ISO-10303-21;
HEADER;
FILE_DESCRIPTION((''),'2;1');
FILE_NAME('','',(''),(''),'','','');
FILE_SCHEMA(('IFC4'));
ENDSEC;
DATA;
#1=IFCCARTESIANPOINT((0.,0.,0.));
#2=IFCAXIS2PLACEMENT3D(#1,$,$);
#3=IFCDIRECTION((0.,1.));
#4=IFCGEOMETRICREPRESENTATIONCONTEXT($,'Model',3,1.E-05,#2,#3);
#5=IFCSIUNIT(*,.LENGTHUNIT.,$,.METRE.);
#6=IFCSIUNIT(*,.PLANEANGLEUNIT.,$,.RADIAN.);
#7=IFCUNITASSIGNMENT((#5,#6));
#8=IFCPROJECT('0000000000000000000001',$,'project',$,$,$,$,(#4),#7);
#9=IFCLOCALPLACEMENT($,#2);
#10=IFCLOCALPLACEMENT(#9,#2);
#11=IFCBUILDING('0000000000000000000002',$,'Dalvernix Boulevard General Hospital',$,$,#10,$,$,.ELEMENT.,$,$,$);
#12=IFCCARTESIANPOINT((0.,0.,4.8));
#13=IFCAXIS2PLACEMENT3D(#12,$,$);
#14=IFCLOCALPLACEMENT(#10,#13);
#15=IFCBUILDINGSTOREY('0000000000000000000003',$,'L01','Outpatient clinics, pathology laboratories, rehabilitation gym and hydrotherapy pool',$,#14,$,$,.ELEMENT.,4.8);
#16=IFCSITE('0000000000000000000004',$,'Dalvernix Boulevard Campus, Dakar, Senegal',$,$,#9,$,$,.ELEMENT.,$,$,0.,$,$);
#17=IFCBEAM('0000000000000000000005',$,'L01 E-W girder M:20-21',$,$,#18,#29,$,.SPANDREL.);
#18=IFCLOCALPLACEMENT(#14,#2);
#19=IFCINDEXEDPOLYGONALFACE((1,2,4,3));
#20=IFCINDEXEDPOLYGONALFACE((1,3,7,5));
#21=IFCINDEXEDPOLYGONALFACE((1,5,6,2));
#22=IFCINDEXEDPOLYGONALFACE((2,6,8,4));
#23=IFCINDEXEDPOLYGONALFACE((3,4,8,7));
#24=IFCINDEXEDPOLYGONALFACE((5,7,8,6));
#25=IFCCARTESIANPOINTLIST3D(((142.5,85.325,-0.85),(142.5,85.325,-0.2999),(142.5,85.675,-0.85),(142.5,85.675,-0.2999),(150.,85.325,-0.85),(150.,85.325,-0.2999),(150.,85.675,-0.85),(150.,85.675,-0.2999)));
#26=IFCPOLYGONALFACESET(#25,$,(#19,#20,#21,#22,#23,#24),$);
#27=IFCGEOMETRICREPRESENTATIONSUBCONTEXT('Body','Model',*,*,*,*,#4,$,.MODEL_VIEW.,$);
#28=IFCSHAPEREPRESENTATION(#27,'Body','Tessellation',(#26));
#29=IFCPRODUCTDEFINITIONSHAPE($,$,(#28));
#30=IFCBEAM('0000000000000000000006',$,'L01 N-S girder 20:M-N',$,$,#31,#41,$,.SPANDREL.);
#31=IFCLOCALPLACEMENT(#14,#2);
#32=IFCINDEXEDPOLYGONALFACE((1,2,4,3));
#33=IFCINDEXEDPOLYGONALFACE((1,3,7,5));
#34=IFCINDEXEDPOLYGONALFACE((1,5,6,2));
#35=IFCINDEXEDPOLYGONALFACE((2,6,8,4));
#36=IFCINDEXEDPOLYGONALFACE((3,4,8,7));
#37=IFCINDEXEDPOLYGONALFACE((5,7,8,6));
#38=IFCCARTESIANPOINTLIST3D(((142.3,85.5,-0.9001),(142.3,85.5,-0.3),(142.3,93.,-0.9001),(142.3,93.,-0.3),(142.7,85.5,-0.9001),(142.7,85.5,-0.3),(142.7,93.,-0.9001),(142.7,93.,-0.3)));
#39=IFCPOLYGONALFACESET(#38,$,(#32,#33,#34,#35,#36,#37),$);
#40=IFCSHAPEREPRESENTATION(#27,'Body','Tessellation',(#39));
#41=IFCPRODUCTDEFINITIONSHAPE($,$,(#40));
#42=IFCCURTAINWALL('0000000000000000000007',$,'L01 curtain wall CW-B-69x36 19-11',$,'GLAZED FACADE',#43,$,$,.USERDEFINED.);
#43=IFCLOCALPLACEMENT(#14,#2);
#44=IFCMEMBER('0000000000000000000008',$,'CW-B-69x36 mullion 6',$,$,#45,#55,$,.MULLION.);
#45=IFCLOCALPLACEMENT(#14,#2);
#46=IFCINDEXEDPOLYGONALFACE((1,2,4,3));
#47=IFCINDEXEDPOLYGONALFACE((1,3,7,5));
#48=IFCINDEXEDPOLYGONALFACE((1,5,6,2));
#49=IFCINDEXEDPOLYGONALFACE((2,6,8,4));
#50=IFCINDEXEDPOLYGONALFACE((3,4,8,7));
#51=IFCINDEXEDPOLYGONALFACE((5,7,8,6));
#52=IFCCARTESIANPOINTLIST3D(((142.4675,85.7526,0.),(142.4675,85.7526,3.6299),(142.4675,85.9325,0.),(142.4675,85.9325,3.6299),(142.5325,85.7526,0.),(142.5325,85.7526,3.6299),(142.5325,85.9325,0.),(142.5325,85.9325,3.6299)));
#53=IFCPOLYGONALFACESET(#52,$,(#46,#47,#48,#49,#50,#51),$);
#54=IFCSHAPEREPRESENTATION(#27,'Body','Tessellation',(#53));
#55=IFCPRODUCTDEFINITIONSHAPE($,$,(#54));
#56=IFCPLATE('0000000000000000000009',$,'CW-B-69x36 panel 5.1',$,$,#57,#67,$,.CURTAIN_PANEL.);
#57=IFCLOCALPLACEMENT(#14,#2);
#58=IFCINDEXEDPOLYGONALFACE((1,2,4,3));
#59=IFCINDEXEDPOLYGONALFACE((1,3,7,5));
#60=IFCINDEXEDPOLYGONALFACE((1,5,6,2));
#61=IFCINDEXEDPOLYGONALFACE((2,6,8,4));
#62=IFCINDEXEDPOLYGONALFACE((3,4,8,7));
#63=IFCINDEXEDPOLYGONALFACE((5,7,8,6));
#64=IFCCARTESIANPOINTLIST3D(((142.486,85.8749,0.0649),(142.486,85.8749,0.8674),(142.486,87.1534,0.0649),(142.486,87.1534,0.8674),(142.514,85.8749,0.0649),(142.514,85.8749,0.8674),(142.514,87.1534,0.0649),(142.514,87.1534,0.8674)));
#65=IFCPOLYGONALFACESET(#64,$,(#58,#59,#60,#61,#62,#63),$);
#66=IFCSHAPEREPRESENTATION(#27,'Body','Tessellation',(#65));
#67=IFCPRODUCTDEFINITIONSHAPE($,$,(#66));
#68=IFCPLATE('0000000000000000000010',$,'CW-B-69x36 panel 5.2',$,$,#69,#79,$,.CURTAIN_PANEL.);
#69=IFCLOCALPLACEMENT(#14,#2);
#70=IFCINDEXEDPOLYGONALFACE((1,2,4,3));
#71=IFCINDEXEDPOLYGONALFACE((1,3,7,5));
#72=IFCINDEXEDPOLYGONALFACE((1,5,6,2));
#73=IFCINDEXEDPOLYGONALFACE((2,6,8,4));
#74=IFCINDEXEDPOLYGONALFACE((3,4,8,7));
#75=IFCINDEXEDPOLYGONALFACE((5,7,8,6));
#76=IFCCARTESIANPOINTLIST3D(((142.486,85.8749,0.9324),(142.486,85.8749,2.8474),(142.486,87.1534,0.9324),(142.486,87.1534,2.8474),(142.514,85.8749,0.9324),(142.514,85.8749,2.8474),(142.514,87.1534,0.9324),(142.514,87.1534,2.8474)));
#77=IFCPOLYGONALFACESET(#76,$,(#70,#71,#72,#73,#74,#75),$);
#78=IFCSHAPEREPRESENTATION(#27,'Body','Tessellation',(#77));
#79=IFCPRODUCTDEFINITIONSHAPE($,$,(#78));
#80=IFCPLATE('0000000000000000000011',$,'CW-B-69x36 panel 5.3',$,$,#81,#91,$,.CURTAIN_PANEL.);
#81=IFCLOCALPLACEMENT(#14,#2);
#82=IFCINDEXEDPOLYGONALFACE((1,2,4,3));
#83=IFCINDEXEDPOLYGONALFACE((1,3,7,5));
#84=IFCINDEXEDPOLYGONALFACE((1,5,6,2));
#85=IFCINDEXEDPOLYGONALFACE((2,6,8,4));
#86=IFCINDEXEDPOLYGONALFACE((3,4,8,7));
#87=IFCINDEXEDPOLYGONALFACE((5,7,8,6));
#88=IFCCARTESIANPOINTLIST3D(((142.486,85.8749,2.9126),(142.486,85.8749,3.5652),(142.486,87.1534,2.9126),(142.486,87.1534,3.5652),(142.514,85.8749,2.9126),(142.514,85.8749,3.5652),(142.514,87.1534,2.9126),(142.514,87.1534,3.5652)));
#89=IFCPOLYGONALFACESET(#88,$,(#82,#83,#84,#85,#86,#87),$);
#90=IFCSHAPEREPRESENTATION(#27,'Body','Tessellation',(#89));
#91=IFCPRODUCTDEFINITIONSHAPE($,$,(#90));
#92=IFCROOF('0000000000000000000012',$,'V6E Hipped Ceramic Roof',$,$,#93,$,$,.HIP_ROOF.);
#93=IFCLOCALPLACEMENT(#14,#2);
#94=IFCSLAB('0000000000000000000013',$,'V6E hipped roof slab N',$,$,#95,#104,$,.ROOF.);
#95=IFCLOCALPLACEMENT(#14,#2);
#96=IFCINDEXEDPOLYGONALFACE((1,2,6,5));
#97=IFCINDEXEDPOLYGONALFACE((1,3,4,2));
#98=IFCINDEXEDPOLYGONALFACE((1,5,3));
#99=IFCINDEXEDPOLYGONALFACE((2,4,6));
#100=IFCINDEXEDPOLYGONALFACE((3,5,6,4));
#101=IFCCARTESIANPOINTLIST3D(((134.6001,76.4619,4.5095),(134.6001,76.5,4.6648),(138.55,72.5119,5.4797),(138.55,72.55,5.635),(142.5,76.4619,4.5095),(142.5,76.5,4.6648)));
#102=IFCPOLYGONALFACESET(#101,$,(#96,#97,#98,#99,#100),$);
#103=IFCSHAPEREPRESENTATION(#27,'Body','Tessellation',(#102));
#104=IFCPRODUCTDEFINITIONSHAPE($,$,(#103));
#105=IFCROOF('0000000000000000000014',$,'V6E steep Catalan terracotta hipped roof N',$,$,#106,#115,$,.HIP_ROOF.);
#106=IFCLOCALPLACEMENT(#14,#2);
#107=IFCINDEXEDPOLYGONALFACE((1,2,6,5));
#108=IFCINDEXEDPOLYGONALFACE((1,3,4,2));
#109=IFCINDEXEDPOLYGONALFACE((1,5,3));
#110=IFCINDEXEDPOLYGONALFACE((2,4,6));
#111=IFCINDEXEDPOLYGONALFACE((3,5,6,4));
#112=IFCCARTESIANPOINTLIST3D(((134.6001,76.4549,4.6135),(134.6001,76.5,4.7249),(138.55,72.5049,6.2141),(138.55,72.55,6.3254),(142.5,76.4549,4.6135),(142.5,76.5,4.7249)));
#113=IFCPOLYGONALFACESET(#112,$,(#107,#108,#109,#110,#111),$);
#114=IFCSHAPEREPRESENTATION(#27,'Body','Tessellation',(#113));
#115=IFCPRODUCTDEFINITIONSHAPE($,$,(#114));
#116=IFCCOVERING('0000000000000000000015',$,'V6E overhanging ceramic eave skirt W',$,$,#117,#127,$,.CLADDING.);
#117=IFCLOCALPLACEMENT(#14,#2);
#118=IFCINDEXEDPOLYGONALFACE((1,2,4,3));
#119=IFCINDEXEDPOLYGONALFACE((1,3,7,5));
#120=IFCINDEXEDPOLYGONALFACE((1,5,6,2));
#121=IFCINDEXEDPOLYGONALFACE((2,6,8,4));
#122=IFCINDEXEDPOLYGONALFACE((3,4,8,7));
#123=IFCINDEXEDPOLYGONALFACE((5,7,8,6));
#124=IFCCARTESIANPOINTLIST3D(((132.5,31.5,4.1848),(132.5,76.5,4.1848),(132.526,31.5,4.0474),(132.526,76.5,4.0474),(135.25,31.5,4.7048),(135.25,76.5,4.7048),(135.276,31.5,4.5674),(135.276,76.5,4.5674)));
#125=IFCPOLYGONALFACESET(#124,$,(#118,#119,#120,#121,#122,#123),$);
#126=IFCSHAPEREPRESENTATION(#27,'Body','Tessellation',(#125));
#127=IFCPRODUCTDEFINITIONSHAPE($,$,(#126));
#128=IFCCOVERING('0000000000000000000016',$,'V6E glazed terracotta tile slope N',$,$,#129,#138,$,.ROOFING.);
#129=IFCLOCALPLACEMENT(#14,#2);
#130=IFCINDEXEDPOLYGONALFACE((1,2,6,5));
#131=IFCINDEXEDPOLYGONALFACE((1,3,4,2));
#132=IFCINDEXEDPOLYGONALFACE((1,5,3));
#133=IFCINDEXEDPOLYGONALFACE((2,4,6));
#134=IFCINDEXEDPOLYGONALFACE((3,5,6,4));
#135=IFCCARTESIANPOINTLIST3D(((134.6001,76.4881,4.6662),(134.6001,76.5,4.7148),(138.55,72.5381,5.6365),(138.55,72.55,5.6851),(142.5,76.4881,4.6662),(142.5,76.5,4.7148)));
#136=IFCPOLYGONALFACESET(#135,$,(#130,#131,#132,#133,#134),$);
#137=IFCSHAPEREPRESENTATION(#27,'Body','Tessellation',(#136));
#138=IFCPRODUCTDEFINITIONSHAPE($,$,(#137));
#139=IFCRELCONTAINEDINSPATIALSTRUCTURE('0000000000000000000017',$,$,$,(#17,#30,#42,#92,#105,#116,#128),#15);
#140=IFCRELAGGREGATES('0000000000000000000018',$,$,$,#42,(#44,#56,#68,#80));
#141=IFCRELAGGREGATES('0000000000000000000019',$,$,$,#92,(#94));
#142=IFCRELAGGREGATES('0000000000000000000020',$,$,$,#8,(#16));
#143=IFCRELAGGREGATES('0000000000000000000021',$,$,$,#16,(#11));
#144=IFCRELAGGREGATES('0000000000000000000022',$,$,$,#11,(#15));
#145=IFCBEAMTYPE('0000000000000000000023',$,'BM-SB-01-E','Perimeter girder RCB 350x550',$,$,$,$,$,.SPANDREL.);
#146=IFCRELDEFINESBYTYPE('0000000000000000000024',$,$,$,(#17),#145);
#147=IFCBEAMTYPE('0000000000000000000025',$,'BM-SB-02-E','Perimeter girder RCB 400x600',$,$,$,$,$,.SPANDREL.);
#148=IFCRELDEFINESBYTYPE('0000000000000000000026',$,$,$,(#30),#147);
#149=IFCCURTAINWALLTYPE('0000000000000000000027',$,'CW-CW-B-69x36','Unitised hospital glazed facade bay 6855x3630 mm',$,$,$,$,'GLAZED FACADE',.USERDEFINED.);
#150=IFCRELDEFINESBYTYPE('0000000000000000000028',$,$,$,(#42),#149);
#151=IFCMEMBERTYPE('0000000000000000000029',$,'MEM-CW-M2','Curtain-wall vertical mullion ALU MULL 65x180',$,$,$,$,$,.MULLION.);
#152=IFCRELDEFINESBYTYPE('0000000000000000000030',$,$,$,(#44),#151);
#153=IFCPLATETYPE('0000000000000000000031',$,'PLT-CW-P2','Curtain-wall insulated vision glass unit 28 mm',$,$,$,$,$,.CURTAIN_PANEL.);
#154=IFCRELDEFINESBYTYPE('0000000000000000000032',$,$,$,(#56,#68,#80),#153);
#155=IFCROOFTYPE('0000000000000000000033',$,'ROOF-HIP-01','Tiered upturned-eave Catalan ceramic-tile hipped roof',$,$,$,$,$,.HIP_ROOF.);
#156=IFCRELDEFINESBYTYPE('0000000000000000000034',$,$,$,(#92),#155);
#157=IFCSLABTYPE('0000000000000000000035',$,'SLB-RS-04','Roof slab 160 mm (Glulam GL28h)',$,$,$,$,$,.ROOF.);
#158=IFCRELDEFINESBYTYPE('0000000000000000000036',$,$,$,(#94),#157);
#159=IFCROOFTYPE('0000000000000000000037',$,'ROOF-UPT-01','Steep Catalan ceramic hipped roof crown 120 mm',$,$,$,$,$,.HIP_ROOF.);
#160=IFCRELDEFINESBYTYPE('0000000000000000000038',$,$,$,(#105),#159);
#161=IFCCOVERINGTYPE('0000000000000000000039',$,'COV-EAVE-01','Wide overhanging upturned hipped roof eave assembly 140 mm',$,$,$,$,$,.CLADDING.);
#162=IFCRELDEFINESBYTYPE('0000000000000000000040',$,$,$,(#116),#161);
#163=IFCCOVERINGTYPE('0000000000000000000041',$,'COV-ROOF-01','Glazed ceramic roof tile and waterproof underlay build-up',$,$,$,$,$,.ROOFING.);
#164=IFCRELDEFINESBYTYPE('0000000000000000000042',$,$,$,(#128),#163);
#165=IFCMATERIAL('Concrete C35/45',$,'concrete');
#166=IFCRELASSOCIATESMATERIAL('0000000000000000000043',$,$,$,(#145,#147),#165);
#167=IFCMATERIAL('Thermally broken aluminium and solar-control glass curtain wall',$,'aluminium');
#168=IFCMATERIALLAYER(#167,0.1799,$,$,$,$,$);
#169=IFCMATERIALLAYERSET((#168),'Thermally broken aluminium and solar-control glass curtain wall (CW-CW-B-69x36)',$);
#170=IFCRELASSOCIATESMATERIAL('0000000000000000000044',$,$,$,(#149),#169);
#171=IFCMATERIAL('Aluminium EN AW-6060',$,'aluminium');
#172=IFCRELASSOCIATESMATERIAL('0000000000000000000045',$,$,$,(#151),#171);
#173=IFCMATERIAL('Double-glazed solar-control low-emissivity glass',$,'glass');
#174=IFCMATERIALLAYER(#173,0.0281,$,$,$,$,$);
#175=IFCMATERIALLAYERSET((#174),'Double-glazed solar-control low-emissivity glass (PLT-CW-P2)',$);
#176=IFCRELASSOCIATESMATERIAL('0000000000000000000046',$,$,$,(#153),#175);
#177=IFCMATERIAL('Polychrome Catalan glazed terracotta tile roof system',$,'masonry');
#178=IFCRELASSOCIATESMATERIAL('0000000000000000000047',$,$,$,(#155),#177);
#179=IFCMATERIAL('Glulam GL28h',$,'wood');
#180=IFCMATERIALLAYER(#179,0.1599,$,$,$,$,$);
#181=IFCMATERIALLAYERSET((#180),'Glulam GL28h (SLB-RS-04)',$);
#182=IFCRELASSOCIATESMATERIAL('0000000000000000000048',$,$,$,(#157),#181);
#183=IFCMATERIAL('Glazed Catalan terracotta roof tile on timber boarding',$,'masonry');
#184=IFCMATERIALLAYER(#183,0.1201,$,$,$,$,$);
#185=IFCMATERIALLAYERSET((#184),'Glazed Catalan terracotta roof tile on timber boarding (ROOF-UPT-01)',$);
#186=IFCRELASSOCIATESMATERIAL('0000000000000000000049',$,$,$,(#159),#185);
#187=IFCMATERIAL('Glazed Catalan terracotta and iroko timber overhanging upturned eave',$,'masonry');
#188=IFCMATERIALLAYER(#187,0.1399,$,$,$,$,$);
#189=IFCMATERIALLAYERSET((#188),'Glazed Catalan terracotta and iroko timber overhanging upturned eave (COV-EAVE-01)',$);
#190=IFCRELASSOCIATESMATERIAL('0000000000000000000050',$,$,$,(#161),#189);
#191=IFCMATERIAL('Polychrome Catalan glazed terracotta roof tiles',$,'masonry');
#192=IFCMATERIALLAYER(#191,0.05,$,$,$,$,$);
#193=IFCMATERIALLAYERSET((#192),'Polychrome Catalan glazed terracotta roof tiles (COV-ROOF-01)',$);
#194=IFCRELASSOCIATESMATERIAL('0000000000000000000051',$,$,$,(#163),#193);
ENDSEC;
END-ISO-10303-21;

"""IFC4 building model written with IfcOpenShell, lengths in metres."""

from ifc_helpers import new_model, si_unit, direction, frame, origin, origin_2d, place, context, subcontext, project, spatial, polyline, rectangle, outline, extrude, material, layer, layer_set, material_profile, profile_set, type_object, element, aggregate, save


model = new_model("IFC4")

# Units and contexts
model_context = context("Model", 3, precision=1e-05, world=origin(), true_north=direction((0.0, 1.0)))
body_context = subcontext(model_context, "Body", "Model", "MODEL_VIEW")
ifc_project = project(units=[si_unit("LENGTHUNIT", "METRE"), si_unit("PLANEANGLEUNIT", "RADIAN")], contexts=[model_context])

# Site, building, storey
site_placement = place(None, origin())
site = spatial("IfcSite", under=ifc_project, at=site_placement, Name="Dalvernix Boulevard Campus, Dakar, Senegal", CompositionType="ELEMENT", RefElevation=0.0)
building_placement = place(site_placement, origin())
building = spatial("IfcBuilding", under=site, at=building_placement, Name="Dalvernix Boulevard General Hospital", CompositionType="ELEMENT")
storey_placement = place(building_placement, frame((0.0, 0.0, 4.8)))
storey = spatial("IfcBuildingStorey", under=building, at=storey_placement, Name="L01", Description="Outpatient clinics, pathology laboratories, rehabilitation gym and hydrotherapy pool", CompositionType="ELEMENT", Elevation=4.8)

# Beams
ifc_material_1 = material(Name="Concrete C35/45", Category="concrete")
ifc_material_profile_1 = material_profile(ifc_material_1, rectangle(XDim=0.3501, YDim=0.55, at=origin_2d()), Name="RCB 350x550")
ifc_profile_set_1 = profile_set([ifc_material_profile_1], Name="Concrete C35/45")
beam_type_1 = type_object("IfcBeamType", Name="BM-SB-01-E", Description="Perimeter girder RCB 350x550", PredefinedType="SPANDREL", material=ifc_profile_set_1)
beam_1_placement = place(storey_placement, frame((142.5, 85.5, -0.575), z_axis=(1.0, 0.0, 0.0), x_axis=(0.0, 1.0, 0.0)))
element("IfcBeam", 1, at=beam_1_placement, inside=storey, type_object=beam_type_1, Name="L01 E-W girder M:20-21", PredefinedType="SPANDREL", context=body_context, shape_type="SweptSolid", body=[
    extrude(rectangle(XDim=0.3501, YDim=0.55, at=origin_2d()), origin(), (0.0, 0.0, 1.0), 7.5),
])
ifc_material_profile_2 = material_profile(ifc_material_1, rectangle(XDim=0.3999, YDim=0.6001, at=origin_2d()), Name="RCB 400x600")
ifc_profile_set_2 = profile_set([ifc_material_profile_2], Name="Concrete C35/45")
beam_type_2 = type_object("IfcBeamType", Name="BM-SB-02-E", Description="Perimeter girder RCB 400x600", PredefinedType="SPANDREL", material=ifc_profile_set_2)
beam_2_placement = place(storey_placement, frame((142.5, 85.5, -0.6001), z_axis=(0.0, 1.0, 0.0), x_axis=(-1.0, 0.0, 0.0)))
element("IfcBeam", 2, at=beam_2_placement, inside=storey, type_object=beam_type_2, Name="L01 N-S girder 20:M-N", PredefinedType="SPANDREL", context=body_context, shape_type="SweptSolid", body=[
    extrude(rectangle(XDim=0.3999, YDim=0.6001, at=origin_2d()), origin(), (0.0, 0.0, 1.0), 7.5),
])

# Curtain wall, member, plates
ifc_material_2 = material(Name="Thermally broken aluminium and solar-control glass curtain wall", Category="aluminium")
ifc_layer_1 = layer(ifc_material_2, 0.1799)
ifc_layer_set_1 = layer_set([ifc_layer_1], Name="Thermally broken aluminium and solar-control glass curtain wall (CW-CW-B-69x36)")
curtain_wall_type = type_object("IfcCurtainWallType", Name="CW-CW-B-69x36", Description="Unitised hospital glazed facade bay 6855x3630 mm", ElementType="GLAZED FACADE", PredefinedType="USERDEFINED", material=ifc_layer_set_1)
curtain_wall_placement = place(storey_placement, origin())
curtain_wall = element("IfcCurtainWall", 3, at=curtain_wall_placement, inside=storey, type_object=curtain_wall_type, Name="L01 curtain wall CW-B-69x36 19-11", ObjectType="GLAZED FACADE", PredefinedType="USERDEFINED")
ifc_material_3 = material(Name="Aluminium EN AW-6060", Category="aluminium")
ifc_material_profile_3 = material_profile(ifc_material_3, rectangle(XDim=0.0649, YDim=0.1799, at=origin_2d()), Name="ALU MULL 65x180")
ifc_profile_set_3 = profile_set([ifc_material_profile_3], Name="Aluminium EN AW-6060")
member_type = type_object("IfcMemberType", Name="MEM-CW-M2", Description="Curtain-wall vertical mullion ALU MULL 65x180", PredefinedType="MULLION", material=ifc_profile_set_3)
member_placement = place(storey_placement, frame((142.5, 85.8425, 0.0), z_axis=(0.0, 0.0, 1.0), x_axis=(1.0, 0.0, 0.0)))
member = element("IfcMember", 4, at=member_placement, type_object=member_type, Name="CW-B-69x36 mullion 6", PredefinedType="MULLION", context=body_context, shape_type="SweptSolid", body=[
    extrude(rectangle(XDim=0.0649, YDim=0.1799, at=origin_2d()), origin(), (0.0, 0.0, 1.0), 3.6299),
])
ifc_material_4 = material(Name="Double-glazed solar-control low-emissivity glass", Category="glass")
ifc_layer_2 = layer(ifc_material_4, 0.0281)
ifc_layer_set_2 = layer_set([ifc_layer_2], Name="Double-glazed solar-control low-emissivity glass (PLT-CW-P2)")
plate_type = type_object("IfcPlateType", Name="PLT-CW-P2", Description="Curtain-wall insulated vision glass unit 28 mm", PredefinedType="CURTAIN_PANEL", material=ifc_layer_set_2)
plate_1_placement = place(storey_placement, frame((142.5, 86.5142, 0.0649), z_axis=(0.0, 0.0, 1.0), x_axis=(0.0, -1.0, 0.0)))
plate_1 = element("IfcPlate", 5, at=plate_1_placement, type_object=plate_type, Name="CW-B-69x36 panel 5.1", PredefinedType="CURTAIN_PANEL", context=body_context, shape_type="SweptSolid", body=[
    extrude(rectangle(XDim=1.2786, YDim=0.0281, at=origin_2d()), origin(), (0.0, 0.0, 1.0), 0.8025),
])
plate_2_placement = place(storey_placement, frame((142.5, 86.5142, 0.9324), z_axis=(0.0, 0.0, 1.0), x_axis=(0.0, -1.0, 0.0)))
plate_2 = element("IfcPlate", 6, at=plate_2_placement, type_object=plate_type, Name="CW-B-69x36 panel 5.2", PredefinedType="CURTAIN_PANEL", context=body_context, shape_type="SweptSolid", body=[
    extrude(rectangle(XDim=1.2786, YDim=0.0281, at=origin_2d()), origin(), (0.0, 0.0, 1.0), 1.915),
])
plate_3_placement = place(storey_placement, frame((142.5, 86.5142, 2.9126), z_axis=(0.0, 0.0, 1.0), x_axis=(0.0, -1.0, 0.0)))
plate_3 = element("IfcPlate", 7, at=plate_3_placement, type_object=plate_type, Name="CW-B-69x36 panel 5.3", PredefinedType="CURTAIN_PANEL", context=body_context, shape_type="SweptSolid", body=[
    extrude(rectangle(XDim=1.2786, YDim=0.0281, at=origin_2d()), origin(), (0.0, 0.0, 1.0), 0.6526),
])
aggregate(curtain_wall, [member, plate_1, plate_2, plate_3])

# Roof, slab
ifc_material_5 = material(Name="Polychrome Catalan glazed terracotta tile roof system", Category="masonry")
roof_type_1 = type_object("IfcRoofType", Name="ROOF-HIP-01", Description="Tiered upturned-eave Catalan ceramic-tile hipped roof", PredefinedType="HIP_ROOF", material=ifc_material_5)
roof_1_placement = place(storey_placement, origin())
roof_1 = element("IfcRoof", 8, at=roof_1_placement, inside=storey, type_object=roof_type_1, Name="V6E Hipped Ceramic Roof", PredefinedType="HIP_ROOF")
ifc_material_6 = material(Name="Glulam GL28h", Category="wood")
ifc_layer_3 = layer(ifc_material_6, 0.1599)
ifc_layer_set_3 = layer_set([ifc_layer_3], Name="Glulam GL28h (SLB-RS-04)")
slab_type = type_object("IfcSlabType", Name="SLB-RS-04", Description="Roof slab 160 mm (Glulam GL28h)", PredefinedType="ROOF", material=ifc_layer_set_3)
slab_placement = place(storey_placement, frame((142.5, 76.5, 4.6648), z_axis=(0.0, 0.238537, 0.971133), x_axis=(-1.0, 0.0, 0.0)))
slab = element("IfcSlab", 9, at=slab_placement, type_object=slab_type, Name="V6E hipped roof slab N", PredefinedType="ROOF", context=body_context, shape_type="SweptSolid", body=[
    extrude(outline(polyline([(0.0, 0.0), (7.8999, 0.0), (3.95, 4.0674), (0.0, 0.0)])), origin(), (0.0, 0.0, -1.0), 0.1599),
])
aggregate(roof_1, [slab])

# Roof
ifc_material_7 = material(Name="Glazed Catalan terracotta roof tile on timber boarding", Category="masonry")
ifc_layer_4 = layer(ifc_material_7, 0.1201)
ifc_layer_set_4 = layer_set([ifc_layer_4], Name="Glazed Catalan terracotta roof tile on timber boarding (ROOF-UPT-01)")
roof_type_2 = type_object("IfcRoofType", Name="ROOF-UPT-01", Description="Steep Catalan ceramic hipped roof crown 120 mm", PredefinedType="HIP_ROOF", material=ifc_layer_set_4)
roof_2_placement = place(storey_placement, frame((142.5, 76.5, 4.7249), z_axis=(0.0, 0.375555, 0.9268), x_axis=(-1.0, 0.0, 0.0)))
element("IfcRoof", 10, at=roof_2_placement, inside=storey, type_object=roof_type_2, Name="V6E steep Catalan terracotta hipped roof N", PredefinedType="HIP_ROOF", context=body_context, shape_type="SweptSolid", body=[
    extrude(outline(polyline([(0.0, 0.0), (7.8999, 0.0), (3.95, 4.2619), (0.0, 0.0)])), origin(), (0.0, 0.0, -1.0), 0.1201),
])

# Coverings
ifc_material_8 = material(Name="Glazed Catalan terracotta and iroko timber overhanging upturned eave", Category="masonry")
ifc_layer_5 = layer(ifc_material_8, 0.1399)
ifc_layer_set_5 = layer_set([ifc_layer_5], Name="Glazed Catalan terracotta and iroko timber overhanging upturned eave (COV-EAVE-01)")
covering_type_1 = type_object("IfcCoveringType", Name="COV-EAVE-01", Description="Wide overhanging upturned hipped roof eave assembly 140 mm", PredefinedType="CLADDING", material=ifc_layer_set_5)
covering_1_placement = place(storey_placement, frame((135.25, 76.5, 4.7048), z_axis=(-0.185805, 0.0, 0.982587), x_axis=(0.0, -1.0, 0.0)))
element("IfcCovering", 11, at=covering_1_placement, inside=storey, type_object=covering_type_1, Name="V6E overhanging ceramic eave skirt W", PredefinedType="CLADDING", context=body_context, shape_type="SweptSolid", body=[
    extrude(outline(polyline([(0.0, 0.0), (45.0, 0.0), (45.0, -2.7987), (0.0, -2.7987), (0.0, 0.0)])), origin(), (0.0, 0.0, -1.0), 0.1399),
])
ifc_material_9 = material(Name="Polychrome Catalan glazed terracotta roof tiles", Category="masonry")
ifc_layer_6 = layer(ifc_material_9, 0.05)
ifc_layer_set_6 = layer_set([ifc_layer_6], Name="Polychrome Catalan glazed terracotta roof tiles (COV-ROOF-01)")
covering_type_2 = type_object("IfcCoveringType", Name="COV-ROOF-01", Description="Glazed ceramic roof tile and waterproof underlay build-up", PredefinedType="ROOFING", material=ifc_layer_set_6)
covering_2_placement = place(storey_placement, frame((142.5, 76.5, 4.7148), z_axis=(0.0, 0.238537, 0.971133), x_axis=(-1.0, 0.0, 0.0)))
element("IfcCovering", 12, at=covering_2_placement, inside=storey, type_object=covering_type_2, Name="V6E glazed terracotta tile slope N", PredefinedType="ROOFING", context=body_context, shape_type="SweptSolid", body=[
    extrude(outline(polyline([(0.0, 0.0), (7.8999, 0.0), (3.95, 4.0674), (0.0, 0.0)])), origin(), (0.0, 0.0, -1.0), 0.05),
])

save(model, "model.ifc")
